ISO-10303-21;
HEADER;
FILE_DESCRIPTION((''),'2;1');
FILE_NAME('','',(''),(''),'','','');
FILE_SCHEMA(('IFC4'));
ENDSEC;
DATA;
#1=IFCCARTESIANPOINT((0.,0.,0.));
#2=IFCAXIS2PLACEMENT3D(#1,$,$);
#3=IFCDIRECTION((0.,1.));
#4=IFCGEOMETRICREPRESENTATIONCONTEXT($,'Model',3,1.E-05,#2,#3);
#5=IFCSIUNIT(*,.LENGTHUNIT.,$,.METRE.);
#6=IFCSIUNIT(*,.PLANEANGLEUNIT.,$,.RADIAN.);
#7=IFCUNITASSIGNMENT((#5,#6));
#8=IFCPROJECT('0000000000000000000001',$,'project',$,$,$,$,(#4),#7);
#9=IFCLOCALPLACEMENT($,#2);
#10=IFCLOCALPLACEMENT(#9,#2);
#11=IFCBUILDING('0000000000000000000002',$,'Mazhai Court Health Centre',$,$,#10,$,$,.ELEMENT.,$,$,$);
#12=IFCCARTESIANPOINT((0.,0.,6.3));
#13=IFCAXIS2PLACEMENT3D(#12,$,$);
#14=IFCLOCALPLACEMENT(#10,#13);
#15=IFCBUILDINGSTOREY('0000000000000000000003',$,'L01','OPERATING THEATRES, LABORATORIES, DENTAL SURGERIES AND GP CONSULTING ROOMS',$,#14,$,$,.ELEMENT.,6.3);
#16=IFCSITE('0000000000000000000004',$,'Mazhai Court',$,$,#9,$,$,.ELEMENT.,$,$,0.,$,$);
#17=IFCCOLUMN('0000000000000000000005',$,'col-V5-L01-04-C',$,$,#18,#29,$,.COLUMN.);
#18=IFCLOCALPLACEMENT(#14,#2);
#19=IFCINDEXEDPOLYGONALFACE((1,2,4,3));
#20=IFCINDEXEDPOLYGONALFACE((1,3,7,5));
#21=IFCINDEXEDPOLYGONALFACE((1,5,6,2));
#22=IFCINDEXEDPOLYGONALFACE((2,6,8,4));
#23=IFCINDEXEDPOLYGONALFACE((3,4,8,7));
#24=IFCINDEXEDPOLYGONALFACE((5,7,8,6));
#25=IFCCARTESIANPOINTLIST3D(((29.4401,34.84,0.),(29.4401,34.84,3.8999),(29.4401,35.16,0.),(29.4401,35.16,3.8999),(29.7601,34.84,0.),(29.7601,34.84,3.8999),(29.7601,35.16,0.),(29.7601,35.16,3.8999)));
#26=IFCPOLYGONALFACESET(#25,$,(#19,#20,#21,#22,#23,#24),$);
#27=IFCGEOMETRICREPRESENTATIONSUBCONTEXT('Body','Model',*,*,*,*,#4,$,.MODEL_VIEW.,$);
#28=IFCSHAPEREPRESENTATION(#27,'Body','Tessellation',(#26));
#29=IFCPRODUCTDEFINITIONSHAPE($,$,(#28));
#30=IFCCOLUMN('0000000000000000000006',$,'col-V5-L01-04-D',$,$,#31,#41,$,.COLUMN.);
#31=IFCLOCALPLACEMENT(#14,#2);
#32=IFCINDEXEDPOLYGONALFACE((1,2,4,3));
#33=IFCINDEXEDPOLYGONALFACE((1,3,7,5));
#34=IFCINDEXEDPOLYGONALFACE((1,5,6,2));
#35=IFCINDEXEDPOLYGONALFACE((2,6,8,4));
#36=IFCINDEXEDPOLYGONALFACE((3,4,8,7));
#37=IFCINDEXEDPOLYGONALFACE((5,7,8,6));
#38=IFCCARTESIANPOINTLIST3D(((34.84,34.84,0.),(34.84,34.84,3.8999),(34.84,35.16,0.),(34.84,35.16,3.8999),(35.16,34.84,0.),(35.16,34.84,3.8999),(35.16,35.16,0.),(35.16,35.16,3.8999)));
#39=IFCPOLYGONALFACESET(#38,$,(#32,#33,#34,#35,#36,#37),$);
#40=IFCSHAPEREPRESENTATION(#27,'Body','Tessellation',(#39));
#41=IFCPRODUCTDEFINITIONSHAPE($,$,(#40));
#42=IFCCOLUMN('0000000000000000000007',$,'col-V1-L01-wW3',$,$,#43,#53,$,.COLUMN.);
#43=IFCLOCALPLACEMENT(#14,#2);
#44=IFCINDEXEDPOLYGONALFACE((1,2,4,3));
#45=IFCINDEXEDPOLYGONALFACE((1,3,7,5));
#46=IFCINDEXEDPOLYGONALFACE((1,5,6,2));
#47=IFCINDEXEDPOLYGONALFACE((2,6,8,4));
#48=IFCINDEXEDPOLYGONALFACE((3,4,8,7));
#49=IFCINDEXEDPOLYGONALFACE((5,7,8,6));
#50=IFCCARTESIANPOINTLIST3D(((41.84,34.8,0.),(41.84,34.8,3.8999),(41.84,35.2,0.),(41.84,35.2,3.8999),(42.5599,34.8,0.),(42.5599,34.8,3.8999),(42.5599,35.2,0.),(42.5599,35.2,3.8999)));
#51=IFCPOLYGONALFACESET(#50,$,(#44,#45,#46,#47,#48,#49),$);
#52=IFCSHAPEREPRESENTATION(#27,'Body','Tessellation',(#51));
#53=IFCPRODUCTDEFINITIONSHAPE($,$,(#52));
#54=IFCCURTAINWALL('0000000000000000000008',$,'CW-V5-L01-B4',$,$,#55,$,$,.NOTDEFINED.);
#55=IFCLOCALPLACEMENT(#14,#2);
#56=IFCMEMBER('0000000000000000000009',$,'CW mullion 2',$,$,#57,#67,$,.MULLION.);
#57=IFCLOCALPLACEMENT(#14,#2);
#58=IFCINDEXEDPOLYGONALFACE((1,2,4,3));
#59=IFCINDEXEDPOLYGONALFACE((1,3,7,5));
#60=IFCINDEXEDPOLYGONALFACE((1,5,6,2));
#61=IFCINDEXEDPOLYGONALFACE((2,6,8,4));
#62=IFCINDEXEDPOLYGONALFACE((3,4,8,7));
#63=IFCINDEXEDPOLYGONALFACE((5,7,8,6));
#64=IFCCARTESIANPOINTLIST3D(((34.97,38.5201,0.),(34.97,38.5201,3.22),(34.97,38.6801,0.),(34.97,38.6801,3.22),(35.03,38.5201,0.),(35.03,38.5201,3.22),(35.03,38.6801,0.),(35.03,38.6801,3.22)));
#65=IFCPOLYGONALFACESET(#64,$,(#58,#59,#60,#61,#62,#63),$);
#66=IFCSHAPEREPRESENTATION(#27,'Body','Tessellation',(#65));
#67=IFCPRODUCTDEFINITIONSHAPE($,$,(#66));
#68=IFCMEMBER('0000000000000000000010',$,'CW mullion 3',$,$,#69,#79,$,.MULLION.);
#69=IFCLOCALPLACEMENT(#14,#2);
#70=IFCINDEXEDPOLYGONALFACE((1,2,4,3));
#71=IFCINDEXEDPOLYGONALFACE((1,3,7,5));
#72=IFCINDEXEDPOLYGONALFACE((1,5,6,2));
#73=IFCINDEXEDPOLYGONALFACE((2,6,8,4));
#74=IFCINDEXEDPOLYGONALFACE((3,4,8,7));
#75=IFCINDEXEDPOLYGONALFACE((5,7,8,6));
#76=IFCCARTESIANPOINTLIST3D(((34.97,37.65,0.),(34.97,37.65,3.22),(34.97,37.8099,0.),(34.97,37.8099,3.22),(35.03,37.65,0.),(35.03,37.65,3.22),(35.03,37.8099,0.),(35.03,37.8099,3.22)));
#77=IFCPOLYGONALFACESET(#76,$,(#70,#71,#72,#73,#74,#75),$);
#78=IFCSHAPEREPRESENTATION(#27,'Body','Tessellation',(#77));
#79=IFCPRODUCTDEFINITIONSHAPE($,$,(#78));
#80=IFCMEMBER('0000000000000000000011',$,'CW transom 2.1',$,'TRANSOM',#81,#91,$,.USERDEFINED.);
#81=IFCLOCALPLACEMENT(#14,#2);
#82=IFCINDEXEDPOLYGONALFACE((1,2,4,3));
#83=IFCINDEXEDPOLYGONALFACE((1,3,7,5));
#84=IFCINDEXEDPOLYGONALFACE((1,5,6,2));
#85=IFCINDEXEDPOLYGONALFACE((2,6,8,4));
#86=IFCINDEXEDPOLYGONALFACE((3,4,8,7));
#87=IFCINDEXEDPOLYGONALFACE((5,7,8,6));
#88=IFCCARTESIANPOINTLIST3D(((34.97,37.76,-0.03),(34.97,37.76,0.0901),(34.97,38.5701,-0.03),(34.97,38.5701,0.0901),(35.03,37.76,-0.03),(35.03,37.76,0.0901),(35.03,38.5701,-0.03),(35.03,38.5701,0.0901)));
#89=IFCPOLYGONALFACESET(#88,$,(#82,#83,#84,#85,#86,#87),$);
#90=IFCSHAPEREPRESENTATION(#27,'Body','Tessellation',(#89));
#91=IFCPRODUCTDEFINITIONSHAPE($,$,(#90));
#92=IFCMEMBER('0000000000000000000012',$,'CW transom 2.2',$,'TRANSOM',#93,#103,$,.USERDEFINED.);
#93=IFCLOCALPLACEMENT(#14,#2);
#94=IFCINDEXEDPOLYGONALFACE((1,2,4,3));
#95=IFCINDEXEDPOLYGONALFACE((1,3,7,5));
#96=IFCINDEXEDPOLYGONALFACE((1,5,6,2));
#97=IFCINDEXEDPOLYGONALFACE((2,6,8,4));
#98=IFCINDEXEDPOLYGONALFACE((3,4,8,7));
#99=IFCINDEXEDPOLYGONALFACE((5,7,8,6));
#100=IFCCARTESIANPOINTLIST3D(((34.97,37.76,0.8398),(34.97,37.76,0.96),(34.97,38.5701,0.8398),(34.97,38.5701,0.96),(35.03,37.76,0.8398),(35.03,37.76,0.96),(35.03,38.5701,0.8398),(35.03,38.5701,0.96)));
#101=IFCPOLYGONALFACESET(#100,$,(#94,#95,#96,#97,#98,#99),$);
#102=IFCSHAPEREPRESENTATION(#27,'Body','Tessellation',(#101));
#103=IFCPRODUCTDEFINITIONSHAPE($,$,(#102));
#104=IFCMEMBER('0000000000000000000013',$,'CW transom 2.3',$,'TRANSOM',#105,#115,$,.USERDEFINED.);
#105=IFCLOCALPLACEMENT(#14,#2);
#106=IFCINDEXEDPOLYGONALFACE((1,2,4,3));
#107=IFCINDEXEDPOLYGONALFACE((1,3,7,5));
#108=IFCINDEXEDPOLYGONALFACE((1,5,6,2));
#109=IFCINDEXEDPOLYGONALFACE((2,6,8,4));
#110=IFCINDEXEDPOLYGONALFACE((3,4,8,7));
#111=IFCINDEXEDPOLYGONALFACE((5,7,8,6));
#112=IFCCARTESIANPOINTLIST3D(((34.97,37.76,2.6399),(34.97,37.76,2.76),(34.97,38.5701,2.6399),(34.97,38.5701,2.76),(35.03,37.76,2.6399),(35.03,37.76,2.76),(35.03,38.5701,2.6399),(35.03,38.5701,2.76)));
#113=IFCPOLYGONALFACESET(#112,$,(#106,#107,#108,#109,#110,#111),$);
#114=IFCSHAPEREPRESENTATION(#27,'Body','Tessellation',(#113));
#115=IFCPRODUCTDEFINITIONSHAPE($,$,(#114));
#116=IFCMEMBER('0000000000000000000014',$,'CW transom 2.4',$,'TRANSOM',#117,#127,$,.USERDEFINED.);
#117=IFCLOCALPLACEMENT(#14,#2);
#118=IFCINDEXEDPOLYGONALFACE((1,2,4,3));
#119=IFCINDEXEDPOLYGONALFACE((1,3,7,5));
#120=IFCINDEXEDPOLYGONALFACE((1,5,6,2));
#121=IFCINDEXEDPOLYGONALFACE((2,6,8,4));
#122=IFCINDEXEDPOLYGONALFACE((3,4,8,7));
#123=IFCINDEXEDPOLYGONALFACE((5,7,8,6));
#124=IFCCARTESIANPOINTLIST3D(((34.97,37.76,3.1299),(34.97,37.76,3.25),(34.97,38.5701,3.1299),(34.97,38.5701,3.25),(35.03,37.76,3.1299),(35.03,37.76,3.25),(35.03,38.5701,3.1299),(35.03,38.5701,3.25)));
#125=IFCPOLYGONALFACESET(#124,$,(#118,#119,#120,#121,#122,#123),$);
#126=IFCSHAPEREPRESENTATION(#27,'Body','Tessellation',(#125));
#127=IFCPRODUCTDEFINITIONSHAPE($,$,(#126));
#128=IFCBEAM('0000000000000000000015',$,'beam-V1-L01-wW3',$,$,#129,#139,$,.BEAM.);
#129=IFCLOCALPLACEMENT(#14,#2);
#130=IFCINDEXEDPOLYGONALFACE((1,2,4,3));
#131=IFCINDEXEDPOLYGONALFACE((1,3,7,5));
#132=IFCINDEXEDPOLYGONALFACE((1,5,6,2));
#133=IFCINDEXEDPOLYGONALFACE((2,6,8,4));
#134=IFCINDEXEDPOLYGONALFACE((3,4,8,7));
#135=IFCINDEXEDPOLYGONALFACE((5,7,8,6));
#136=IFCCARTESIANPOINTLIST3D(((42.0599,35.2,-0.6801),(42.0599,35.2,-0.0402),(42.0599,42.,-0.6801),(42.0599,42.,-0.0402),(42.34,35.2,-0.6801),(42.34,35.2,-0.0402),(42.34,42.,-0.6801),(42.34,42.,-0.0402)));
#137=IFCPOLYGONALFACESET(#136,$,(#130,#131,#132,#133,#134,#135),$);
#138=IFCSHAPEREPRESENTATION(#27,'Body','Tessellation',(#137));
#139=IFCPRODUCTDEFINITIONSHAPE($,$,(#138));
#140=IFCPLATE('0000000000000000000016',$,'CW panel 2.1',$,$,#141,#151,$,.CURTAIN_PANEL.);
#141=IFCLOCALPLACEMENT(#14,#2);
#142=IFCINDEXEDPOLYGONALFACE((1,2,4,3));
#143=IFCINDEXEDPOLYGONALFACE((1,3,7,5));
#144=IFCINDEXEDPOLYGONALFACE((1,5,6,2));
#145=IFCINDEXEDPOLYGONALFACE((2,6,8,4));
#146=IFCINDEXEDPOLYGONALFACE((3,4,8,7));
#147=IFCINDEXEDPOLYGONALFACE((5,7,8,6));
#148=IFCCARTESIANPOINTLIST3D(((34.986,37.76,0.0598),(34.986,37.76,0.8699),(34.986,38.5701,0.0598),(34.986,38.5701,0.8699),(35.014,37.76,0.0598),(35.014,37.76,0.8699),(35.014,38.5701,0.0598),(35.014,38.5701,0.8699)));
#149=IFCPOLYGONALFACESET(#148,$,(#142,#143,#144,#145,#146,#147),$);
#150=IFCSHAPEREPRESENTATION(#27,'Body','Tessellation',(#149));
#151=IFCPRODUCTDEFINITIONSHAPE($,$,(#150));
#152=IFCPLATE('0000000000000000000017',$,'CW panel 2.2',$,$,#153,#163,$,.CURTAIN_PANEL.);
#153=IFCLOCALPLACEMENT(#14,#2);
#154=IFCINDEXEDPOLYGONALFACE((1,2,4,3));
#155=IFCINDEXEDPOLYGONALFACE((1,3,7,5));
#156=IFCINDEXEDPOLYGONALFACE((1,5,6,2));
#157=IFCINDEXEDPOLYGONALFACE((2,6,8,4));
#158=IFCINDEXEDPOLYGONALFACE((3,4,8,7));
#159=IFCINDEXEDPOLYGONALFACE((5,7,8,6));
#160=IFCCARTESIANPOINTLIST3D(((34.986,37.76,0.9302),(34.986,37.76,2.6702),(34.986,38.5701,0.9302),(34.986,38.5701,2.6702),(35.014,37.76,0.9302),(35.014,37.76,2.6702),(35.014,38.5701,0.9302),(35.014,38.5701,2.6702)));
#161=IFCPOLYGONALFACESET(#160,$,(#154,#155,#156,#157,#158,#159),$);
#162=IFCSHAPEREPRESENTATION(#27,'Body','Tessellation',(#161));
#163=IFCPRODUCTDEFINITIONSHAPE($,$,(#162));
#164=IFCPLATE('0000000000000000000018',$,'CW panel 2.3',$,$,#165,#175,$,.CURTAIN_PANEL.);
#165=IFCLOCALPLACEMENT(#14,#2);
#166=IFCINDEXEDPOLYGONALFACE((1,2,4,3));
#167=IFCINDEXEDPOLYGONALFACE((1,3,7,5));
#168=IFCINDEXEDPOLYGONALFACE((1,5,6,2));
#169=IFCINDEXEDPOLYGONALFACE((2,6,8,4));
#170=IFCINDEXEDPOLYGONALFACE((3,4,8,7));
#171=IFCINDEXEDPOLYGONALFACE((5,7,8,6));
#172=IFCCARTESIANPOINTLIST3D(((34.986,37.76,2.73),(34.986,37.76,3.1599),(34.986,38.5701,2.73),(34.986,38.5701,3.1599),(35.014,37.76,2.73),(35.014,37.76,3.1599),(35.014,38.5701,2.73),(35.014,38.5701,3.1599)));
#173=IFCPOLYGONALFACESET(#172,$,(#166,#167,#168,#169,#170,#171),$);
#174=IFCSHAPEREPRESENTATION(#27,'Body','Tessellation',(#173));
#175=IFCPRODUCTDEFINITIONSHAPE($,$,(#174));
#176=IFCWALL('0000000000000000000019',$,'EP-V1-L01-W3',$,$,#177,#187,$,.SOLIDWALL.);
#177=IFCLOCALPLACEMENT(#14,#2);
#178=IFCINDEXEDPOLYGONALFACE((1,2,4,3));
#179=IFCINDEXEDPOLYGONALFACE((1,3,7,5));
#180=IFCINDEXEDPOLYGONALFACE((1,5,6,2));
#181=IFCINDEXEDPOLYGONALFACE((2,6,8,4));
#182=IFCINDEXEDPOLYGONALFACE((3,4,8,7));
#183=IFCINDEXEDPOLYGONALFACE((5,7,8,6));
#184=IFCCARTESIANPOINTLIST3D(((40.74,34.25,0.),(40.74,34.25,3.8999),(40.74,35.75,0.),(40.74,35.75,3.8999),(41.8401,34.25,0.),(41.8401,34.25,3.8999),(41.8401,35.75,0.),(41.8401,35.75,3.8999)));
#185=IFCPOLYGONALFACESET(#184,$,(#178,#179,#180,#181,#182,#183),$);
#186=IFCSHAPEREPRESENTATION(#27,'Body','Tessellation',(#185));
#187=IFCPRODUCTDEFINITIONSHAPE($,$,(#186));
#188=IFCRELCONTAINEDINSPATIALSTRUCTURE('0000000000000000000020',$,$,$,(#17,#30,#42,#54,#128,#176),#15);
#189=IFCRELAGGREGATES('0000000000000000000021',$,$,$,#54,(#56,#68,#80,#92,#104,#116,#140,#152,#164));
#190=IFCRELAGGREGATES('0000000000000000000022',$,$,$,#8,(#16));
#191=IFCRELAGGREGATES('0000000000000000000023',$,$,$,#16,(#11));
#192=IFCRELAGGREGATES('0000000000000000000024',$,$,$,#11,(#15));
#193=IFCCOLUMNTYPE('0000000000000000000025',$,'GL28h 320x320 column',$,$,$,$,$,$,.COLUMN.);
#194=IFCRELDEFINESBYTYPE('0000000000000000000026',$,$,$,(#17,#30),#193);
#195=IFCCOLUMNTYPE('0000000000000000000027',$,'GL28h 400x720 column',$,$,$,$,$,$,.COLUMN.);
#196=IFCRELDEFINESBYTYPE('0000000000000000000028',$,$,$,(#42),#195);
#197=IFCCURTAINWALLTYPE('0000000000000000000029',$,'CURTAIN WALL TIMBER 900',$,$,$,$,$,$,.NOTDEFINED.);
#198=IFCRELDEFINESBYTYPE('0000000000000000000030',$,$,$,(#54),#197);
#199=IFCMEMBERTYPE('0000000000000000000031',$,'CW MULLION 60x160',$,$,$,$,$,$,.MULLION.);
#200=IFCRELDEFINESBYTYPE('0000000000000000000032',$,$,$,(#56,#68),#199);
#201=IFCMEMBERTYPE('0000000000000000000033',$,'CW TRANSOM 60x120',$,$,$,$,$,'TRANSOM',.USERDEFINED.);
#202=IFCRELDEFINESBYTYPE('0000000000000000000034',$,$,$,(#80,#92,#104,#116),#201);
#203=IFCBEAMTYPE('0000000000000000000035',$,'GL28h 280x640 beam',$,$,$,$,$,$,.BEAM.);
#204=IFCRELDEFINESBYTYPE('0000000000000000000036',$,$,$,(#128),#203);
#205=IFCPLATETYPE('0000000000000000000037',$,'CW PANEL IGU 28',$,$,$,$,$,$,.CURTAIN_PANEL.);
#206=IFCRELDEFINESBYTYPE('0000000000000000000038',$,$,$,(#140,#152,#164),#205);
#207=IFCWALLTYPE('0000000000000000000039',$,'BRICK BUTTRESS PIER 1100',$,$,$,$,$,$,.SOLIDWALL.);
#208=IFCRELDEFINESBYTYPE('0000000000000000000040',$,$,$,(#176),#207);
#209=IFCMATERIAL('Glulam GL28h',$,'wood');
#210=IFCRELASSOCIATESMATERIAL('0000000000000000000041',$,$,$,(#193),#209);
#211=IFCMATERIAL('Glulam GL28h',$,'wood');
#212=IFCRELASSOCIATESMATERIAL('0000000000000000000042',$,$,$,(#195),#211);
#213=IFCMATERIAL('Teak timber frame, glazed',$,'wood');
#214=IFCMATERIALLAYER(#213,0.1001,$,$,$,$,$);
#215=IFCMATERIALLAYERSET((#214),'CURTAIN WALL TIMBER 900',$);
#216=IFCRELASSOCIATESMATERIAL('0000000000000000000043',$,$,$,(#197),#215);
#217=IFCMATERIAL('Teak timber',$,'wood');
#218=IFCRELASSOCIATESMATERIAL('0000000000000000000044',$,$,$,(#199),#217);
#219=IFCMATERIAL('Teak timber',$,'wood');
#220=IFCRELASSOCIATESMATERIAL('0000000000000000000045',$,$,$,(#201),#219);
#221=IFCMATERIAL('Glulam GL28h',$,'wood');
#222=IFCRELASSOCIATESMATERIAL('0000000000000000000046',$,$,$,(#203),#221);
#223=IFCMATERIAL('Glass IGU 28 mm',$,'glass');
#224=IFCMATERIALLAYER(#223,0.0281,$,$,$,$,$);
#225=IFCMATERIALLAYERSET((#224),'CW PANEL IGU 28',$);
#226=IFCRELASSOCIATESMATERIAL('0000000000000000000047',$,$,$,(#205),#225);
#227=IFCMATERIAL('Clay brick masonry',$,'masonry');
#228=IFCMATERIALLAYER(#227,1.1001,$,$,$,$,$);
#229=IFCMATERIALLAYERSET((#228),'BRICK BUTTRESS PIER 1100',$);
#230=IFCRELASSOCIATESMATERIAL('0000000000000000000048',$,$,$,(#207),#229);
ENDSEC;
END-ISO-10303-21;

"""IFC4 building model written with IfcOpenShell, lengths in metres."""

from ifc_helpers import new_model, si_unit, direction, frame, frame_2d, origin, origin_2d, place, context, subcontext, project, spatial, rectangle, extrude, material, layer, layer_set, material_profile, profile_set, type_object, element, aggregate, save


model = new_model("IFC4")

# Units and contexts
model_context = context("Model", 3, precision=1e-05, world=origin(), true_north=direction((0.0, 1.0)))
body_context = subcontext(model_context, "Body", "Model", "MODEL_VIEW")
ifc_project = project(units=[si_unit("LENGTHUNIT", "METRE"), si_unit("PLANEANGLEUNIT", "RADIAN")], contexts=[model_context])

# Site, building, storey
site_placement = place(None, origin())
site = spatial("IfcSite", under=ifc_project, at=site_placement, Name="Mazhai Court", CompositionType="ELEMENT", RefElevation=0.0)
building_placement = place(site_placement, origin())
building = spatial("IfcBuilding", under=site, at=building_placement, Name="Mazhai Court Health Centre", CompositionType="ELEMENT")
storey_placement = place(building_placement, frame((0.0, 0.0, 6.3)))
storey = spatial("IfcBuildingStorey", under=building, at=storey_placement, Name="L01", Description="OPERATING THEATRES, LABORATORIES, DENTAL SURGERIES AND GP CONSULTING ROOMS", CompositionType="ELEMENT", Elevation=6.3)

# Columns
ifc_material_1 = material(Name="Glulam GL28h", Category="wood")
ifc_material_profile_1 = material_profile(ifc_material_1, rectangle(XDim=0.3201, YDim=0.3201, at=origin_2d()), Name="GL28h 320x320")
ifc_profile_set_1 = profile_set([ifc_material_profile_1], Name="Glulam GL28h")
column_type_1 = type_object("IfcColumnType", Name="GL28h 320x320 column", PredefinedType="COLUMN", material=ifc_profile_set_1)
for number, where, z_axis, x_axis, name in (
    (1, (29.6001, 35.0, 0.0), (0.0, 0.0, 1.0), (1.0, 0.0, 0.0), "col-V5-L01-04-C"),
    (2, (35.0, 35.0, 0.0), (0.0, 0.0, 1.0), (1.0, 0.0, 0.0), "col-V5-L01-04-D"),
):
    element("IfcColumn", number, at=place(storey_placement, frame(where, z_axis=z_axis, x_axis=x_axis)), inside=storey, type_object=column_type_1, Name=name, PredefinedType="COLUMN", context=body_context, shape_type="SweptSolid", body=[
        extrude(rectangle(XDim=0.3201, YDim=0.3201, at=origin_2d()), origin(), (0.0, 0.0, 1.0), 3.8999),
    ])
ifc_material_2 = material(Name="Glulam GL28h", Category="wood")
ifc_material_profile_2 = material_profile(ifc_material_2, rectangle(XDim=0.3999, YDim=0.72, at=origin_2d()), Name="GL28h 400x720")
ifc_profile_set_2 = profile_set([ifc_material_profile_2], Name="Glulam GL28h")
column_type_2 = type_object("IfcColumnType", Name="GL28h 400x720 column", PredefinedType="COLUMN", material=ifc_profile_set_2)
column_placement = place(storey_placement, frame((42.2, 35.0, 0.0), z_axis=(0.0, 0.0, 1.0), x_axis=(0.0, 1.0, 0.0)))
element("IfcColumn", 3, at=column_placement, inside=storey, type_object=column_type_2, Name="col-V1-L01-wW3", PredefinedType="COLUMN", context=body_context, shape_type="SweptSolid", body=[
    extrude(rectangle(XDim=0.3999, YDim=0.72, at=origin_2d()), origin(), (0.0, 0.0, 1.0), 3.8999),
])

# Curtain wall, members
ifc_material_3 = material(Name="Teak timber frame, glazed", Category="wood")
ifc_layer_1 = layer(ifc_material_3, 0.1001)
ifc_layer_set_1 = layer_set([ifc_layer_1], Name="CURTAIN WALL TIMBER 900")
curtain_wall_type = type_object("IfcCurtainWallType", Name="CURTAIN WALL TIMBER 900", PredefinedType="NOTDEFINED", material=ifc_layer_set_1)
curtain_wall_placement = place(storey_placement, origin())
curtain_wall = element("IfcCurtainWall", 4, at=curtain_wall_placement, inside=storey, type_object=curtain_wall_type, Name="CW-V5-L01-B4", PredefinedType="NOTDEFINED")
ifc_material_4 = material(Name="Teak timber", Category="wood")
ifc_material_profile_3 = material_profile(ifc_material_4, rectangle(XDim=0.0601, YDim=0.1599, at=origin_2d()), Name="CW MULLION 60x160")
ifc_profile_set_3 = profile_set([ifc_material_profile_3], Name="Teak timber")
member_type_1 = type_object("IfcMemberType", Name="CW MULLION 60x160", PredefinedType="MULLION", material=ifc_profile_set_3)
member_1_placement = place(storey_placement, frame((35.0, 38.6001, 0.0), z_axis=(0.0, 0.0, 1.0), x_axis=(1.0, 0.0, 0.0)))
member_1 = element("IfcMember", 5, at=member_1_placement, type_object=member_type_1, Name="CW mullion 2", PredefinedType="MULLION", context=body_context, shape_type="SweptSolid", body=[
    extrude(rectangle(XDim=0.0601, YDim=0.1599, at=origin_2d()), origin(), (0.0, 0.0, 1.0), 3.22),
])
member_2_placement = place(storey_placement, frame((35.0, 37.73, 0.0), z_axis=(0.0, 0.0, 1.0), x_axis=(1.0, 0.0, 0.0)))
member_2 = element("IfcMember", 6, at=member_2_placement, type_object=member_type_1, Name="CW mullion 3", PredefinedType="MULLION", context=body_context, shape_type="SweptSolid", body=[
    extrude(rectangle(XDim=0.0601, YDim=0.1599, at=origin_2d()), origin(), (0.0, 0.0, 1.0), 3.22),
])
ifc_material_5 = material(Name="Teak timber", Category="wood")
ifc_material_profile_4 = material_profile(ifc_material_5, rectangle(XDim=0.0601, YDim=0.1201, at=origin_2d()), Name="CW TRANSOM 60x120")
ifc_profile_set_4 = profile_set([ifc_material_profile_4], Name="Teak timber")
member_type_2 = type_object("IfcMemberType", Name="CW TRANSOM 60x120", ElementType="TRANSOM", PredefinedType="USERDEFINED", material=ifc_profile_set_4)
member_3_placement = place(storey_placement, frame((35.0, 38.5701, 0.03), z_axis=(0.0, -1.0, 0.0), x_axis=(1.0, 0.0, 0.0)))
member_3 = element("IfcMember", 7, at=member_3_placement, type_object=member_type_2, Name="CW transom 2.1", ObjectType="TRANSOM", PredefinedType="USERDEFINED", context=body_context, shape_type="SweptSolid", body=[
    extrude(rectangle(XDim=0.0601, YDim=0.1201, at=origin_2d()), origin(), (0.0, 0.0, 1.0), 0.8101),
])
member_4_placement = place(storey_placement, frame((35.0, 38.5701, 0.8999), z_axis=(0.0, -1.0, 0.0), x_axis=(1.0, 0.0, 0.0)))
member_4 = element("IfcMember", 8, at=member_4_placement, type_object=member_type_2, Name="CW transom 2.2", ObjectType="TRANSOM", PredefinedType="USERDEFINED", context=body_context, shape_type="SweptSolid", body=[
    extrude(rectangle(XDim=0.0601, YDim=0.1201, at=origin_2d()), origin(), (0.0, 0.0, 1.0), 0.8101),
])
member_5_placement = place(storey_placement, frame((35.0, 38.5701, 2.7), z_axis=(0.0, -1.0, 0.0), x_axis=(1.0, 0.0, 0.0)))
member_5 = element("IfcMember", 9, at=member_5_placement, type_object=member_type_2, Name="CW transom 2.3", ObjectType="TRANSOM", PredefinedType="USERDEFINED", context=body_context, shape_type="SweptSolid", body=[
    extrude(rectangle(XDim=0.0601, YDim=0.1201, at=origin_2d()), origin(), (0.0, 0.0, 1.0), 0.8101),
])
member_6_placement = place(storey_placement, frame((35.0, 38.5701, 3.1899), z_axis=(0.0, -1.0, 0.0), x_axis=(1.0, 0.0, 0.0)))
member_6 = element("IfcMember", 10, at=member_6_placement, type_object=member_type_2, Name="CW transom 2.4", ObjectType="TRANSOM", PredefinedType="USERDEFINED", context=body_context, shape_type="SweptSolid", body=[
    extrude(rectangle(XDim=0.0601, YDim=0.1201, at=origin_2d()), origin(), (0.0, 0.0, 1.0), 0.8101),
])

# Beam
ifc_material_6 = material(Name="Glulam GL28h", Category="wood")
ifc_material_profile_5 = material_profile(ifc_material_6, rectangle(XDim=0.28, YDim=0.6399, at=origin_2d()), Name="GL28h 280x640")
ifc_profile_set_5 = profile_set([ifc_material_profile_5], Name="Glulam GL28h")
beam_type = type_object("IfcBeamType", Name="GL28h 280x640 beam", PredefinedType="BEAM", material=ifc_profile_set_5)
beam_placement = place(storey_placement, frame((42.2, 35.2, -0.3601), z_axis=(0.0, 1.0, 0.0), x_axis=(-1.0, 0.0, 0.0)))
element("IfcBeam", 11, at=beam_placement, inside=storey, type_object=beam_type, Name="beam-V1-L01-wW3", PredefinedType="BEAM", context=body_context, shape_type="SweptSolid", body=[
    extrude(rectangle(XDim=0.28, YDim=0.6399, at=origin_2d()), origin(), (0.0, 0.0, 1.0), 6.8),
])

# Plates
ifc_material_7 = material(Name="Glass IGU 28 mm", Category="glass")
ifc_layer_2 = layer(ifc_material_7, 0.0281)
ifc_layer_set_2 = layer_set([ifc_layer_2], Name="CW PANEL IGU 28")
plate_type = type_object("IfcPlateType", Name="CW PANEL IGU 28", PredefinedType="CURTAIN_PANEL", material=ifc_layer_set_2)
plate_1_placement = place(storey_placement, frame((35.0, 38.165, 0.0598), z_axis=(0.0, 0.0, 1.0), x_axis=(0.0, -1.0, 0.0)))
plate_1 = element("IfcPlate", 12, at=plate_1_placement, type_object=plate_type, Name="CW panel 2.1", PredefinedType="CURTAIN_PANEL", context=body_context, shape_type="SweptSolid", body=[
    extrude(rectangle(XDim=0.8101, YDim=0.0281, at=origin_2d()), origin(), (0.0, 0.0, 1.0), 0.8101),
])
plate_2_placement = place(storey_placement, frame((35.0, 38.165, 0.9302), z_axis=(0.0, 0.0, 1.0), x_axis=(0.0, -1.0, 0.0)))
plate_2 = element("IfcPlate", 13, at=plate_2_placement, type_object=plate_type, Name="CW panel 2.2", PredefinedType="CURTAIN_PANEL", context=body_context, shape_type="SweptSolid", body=[
    extrude(rectangle(XDim=0.8101, YDim=0.0281, at=origin_2d()), origin(), (0.0, 0.0, 1.0), 1.74),
])
plate_3_placement = place(storey_placement, frame((35.0, 38.165, 2.73), z_axis=(0.0, 0.0, 1.0), x_axis=(0.0, -1.0, 0.0)))
plate_3 = element("IfcPlate", 14, at=plate_3_placement, type_object=plate_type, Name="CW panel 2.3", PredefinedType="CURTAIN_PANEL", context=body_context, shape_type="SweptSolid", body=[
    extrude(rectangle(XDim=0.8101, YDim=0.0281, at=origin_2d()), origin(), (0.0, 0.0, 1.0), 0.4299),
])
aggregate(curtain_wall, [member_1, member_2, member_3, member_4, member_5, member_6, plate_1, plate_2, plate_3])

# Wall
ifc_material_8 = material(Name="Clay brick masonry", Category="masonry")
ifc_layer_3 = layer(ifc_material_8, 1.1001)
ifc_layer_set_3 = layer_set([ifc_layer_3], Name="BRICK BUTTRESS PIER 1100")
wall_type_1 = type_object("IfcWallType", Name="BRICK BUTTRESS PIER 1100", PredefinedType="SOLIDWALL", material=ifc_layer_set_3)
wall_1_placement = place(storey_placement, frame((41.29, 34.25, 0.0), z_axis=(0.0, 0.0, 1.0), x_axis=(0.0, 1.0, 0.0)))
element("IfcWall", 15, at=wall_1_placement, inside=storey, type_object=wall_type_1, Name="EP-V1-L01-W3", PredefinedType="SOLIDWALL", context=body_context, shape_type="SweptSolid", body=[
    extrude(rectangle(XDim=1.5, YDim=1.1001, at=frame_2d((0.75, 0.0))), origin(), (0.0, 0.0, 1.0), 3.8999),
])

save(model, "model.ifc")
